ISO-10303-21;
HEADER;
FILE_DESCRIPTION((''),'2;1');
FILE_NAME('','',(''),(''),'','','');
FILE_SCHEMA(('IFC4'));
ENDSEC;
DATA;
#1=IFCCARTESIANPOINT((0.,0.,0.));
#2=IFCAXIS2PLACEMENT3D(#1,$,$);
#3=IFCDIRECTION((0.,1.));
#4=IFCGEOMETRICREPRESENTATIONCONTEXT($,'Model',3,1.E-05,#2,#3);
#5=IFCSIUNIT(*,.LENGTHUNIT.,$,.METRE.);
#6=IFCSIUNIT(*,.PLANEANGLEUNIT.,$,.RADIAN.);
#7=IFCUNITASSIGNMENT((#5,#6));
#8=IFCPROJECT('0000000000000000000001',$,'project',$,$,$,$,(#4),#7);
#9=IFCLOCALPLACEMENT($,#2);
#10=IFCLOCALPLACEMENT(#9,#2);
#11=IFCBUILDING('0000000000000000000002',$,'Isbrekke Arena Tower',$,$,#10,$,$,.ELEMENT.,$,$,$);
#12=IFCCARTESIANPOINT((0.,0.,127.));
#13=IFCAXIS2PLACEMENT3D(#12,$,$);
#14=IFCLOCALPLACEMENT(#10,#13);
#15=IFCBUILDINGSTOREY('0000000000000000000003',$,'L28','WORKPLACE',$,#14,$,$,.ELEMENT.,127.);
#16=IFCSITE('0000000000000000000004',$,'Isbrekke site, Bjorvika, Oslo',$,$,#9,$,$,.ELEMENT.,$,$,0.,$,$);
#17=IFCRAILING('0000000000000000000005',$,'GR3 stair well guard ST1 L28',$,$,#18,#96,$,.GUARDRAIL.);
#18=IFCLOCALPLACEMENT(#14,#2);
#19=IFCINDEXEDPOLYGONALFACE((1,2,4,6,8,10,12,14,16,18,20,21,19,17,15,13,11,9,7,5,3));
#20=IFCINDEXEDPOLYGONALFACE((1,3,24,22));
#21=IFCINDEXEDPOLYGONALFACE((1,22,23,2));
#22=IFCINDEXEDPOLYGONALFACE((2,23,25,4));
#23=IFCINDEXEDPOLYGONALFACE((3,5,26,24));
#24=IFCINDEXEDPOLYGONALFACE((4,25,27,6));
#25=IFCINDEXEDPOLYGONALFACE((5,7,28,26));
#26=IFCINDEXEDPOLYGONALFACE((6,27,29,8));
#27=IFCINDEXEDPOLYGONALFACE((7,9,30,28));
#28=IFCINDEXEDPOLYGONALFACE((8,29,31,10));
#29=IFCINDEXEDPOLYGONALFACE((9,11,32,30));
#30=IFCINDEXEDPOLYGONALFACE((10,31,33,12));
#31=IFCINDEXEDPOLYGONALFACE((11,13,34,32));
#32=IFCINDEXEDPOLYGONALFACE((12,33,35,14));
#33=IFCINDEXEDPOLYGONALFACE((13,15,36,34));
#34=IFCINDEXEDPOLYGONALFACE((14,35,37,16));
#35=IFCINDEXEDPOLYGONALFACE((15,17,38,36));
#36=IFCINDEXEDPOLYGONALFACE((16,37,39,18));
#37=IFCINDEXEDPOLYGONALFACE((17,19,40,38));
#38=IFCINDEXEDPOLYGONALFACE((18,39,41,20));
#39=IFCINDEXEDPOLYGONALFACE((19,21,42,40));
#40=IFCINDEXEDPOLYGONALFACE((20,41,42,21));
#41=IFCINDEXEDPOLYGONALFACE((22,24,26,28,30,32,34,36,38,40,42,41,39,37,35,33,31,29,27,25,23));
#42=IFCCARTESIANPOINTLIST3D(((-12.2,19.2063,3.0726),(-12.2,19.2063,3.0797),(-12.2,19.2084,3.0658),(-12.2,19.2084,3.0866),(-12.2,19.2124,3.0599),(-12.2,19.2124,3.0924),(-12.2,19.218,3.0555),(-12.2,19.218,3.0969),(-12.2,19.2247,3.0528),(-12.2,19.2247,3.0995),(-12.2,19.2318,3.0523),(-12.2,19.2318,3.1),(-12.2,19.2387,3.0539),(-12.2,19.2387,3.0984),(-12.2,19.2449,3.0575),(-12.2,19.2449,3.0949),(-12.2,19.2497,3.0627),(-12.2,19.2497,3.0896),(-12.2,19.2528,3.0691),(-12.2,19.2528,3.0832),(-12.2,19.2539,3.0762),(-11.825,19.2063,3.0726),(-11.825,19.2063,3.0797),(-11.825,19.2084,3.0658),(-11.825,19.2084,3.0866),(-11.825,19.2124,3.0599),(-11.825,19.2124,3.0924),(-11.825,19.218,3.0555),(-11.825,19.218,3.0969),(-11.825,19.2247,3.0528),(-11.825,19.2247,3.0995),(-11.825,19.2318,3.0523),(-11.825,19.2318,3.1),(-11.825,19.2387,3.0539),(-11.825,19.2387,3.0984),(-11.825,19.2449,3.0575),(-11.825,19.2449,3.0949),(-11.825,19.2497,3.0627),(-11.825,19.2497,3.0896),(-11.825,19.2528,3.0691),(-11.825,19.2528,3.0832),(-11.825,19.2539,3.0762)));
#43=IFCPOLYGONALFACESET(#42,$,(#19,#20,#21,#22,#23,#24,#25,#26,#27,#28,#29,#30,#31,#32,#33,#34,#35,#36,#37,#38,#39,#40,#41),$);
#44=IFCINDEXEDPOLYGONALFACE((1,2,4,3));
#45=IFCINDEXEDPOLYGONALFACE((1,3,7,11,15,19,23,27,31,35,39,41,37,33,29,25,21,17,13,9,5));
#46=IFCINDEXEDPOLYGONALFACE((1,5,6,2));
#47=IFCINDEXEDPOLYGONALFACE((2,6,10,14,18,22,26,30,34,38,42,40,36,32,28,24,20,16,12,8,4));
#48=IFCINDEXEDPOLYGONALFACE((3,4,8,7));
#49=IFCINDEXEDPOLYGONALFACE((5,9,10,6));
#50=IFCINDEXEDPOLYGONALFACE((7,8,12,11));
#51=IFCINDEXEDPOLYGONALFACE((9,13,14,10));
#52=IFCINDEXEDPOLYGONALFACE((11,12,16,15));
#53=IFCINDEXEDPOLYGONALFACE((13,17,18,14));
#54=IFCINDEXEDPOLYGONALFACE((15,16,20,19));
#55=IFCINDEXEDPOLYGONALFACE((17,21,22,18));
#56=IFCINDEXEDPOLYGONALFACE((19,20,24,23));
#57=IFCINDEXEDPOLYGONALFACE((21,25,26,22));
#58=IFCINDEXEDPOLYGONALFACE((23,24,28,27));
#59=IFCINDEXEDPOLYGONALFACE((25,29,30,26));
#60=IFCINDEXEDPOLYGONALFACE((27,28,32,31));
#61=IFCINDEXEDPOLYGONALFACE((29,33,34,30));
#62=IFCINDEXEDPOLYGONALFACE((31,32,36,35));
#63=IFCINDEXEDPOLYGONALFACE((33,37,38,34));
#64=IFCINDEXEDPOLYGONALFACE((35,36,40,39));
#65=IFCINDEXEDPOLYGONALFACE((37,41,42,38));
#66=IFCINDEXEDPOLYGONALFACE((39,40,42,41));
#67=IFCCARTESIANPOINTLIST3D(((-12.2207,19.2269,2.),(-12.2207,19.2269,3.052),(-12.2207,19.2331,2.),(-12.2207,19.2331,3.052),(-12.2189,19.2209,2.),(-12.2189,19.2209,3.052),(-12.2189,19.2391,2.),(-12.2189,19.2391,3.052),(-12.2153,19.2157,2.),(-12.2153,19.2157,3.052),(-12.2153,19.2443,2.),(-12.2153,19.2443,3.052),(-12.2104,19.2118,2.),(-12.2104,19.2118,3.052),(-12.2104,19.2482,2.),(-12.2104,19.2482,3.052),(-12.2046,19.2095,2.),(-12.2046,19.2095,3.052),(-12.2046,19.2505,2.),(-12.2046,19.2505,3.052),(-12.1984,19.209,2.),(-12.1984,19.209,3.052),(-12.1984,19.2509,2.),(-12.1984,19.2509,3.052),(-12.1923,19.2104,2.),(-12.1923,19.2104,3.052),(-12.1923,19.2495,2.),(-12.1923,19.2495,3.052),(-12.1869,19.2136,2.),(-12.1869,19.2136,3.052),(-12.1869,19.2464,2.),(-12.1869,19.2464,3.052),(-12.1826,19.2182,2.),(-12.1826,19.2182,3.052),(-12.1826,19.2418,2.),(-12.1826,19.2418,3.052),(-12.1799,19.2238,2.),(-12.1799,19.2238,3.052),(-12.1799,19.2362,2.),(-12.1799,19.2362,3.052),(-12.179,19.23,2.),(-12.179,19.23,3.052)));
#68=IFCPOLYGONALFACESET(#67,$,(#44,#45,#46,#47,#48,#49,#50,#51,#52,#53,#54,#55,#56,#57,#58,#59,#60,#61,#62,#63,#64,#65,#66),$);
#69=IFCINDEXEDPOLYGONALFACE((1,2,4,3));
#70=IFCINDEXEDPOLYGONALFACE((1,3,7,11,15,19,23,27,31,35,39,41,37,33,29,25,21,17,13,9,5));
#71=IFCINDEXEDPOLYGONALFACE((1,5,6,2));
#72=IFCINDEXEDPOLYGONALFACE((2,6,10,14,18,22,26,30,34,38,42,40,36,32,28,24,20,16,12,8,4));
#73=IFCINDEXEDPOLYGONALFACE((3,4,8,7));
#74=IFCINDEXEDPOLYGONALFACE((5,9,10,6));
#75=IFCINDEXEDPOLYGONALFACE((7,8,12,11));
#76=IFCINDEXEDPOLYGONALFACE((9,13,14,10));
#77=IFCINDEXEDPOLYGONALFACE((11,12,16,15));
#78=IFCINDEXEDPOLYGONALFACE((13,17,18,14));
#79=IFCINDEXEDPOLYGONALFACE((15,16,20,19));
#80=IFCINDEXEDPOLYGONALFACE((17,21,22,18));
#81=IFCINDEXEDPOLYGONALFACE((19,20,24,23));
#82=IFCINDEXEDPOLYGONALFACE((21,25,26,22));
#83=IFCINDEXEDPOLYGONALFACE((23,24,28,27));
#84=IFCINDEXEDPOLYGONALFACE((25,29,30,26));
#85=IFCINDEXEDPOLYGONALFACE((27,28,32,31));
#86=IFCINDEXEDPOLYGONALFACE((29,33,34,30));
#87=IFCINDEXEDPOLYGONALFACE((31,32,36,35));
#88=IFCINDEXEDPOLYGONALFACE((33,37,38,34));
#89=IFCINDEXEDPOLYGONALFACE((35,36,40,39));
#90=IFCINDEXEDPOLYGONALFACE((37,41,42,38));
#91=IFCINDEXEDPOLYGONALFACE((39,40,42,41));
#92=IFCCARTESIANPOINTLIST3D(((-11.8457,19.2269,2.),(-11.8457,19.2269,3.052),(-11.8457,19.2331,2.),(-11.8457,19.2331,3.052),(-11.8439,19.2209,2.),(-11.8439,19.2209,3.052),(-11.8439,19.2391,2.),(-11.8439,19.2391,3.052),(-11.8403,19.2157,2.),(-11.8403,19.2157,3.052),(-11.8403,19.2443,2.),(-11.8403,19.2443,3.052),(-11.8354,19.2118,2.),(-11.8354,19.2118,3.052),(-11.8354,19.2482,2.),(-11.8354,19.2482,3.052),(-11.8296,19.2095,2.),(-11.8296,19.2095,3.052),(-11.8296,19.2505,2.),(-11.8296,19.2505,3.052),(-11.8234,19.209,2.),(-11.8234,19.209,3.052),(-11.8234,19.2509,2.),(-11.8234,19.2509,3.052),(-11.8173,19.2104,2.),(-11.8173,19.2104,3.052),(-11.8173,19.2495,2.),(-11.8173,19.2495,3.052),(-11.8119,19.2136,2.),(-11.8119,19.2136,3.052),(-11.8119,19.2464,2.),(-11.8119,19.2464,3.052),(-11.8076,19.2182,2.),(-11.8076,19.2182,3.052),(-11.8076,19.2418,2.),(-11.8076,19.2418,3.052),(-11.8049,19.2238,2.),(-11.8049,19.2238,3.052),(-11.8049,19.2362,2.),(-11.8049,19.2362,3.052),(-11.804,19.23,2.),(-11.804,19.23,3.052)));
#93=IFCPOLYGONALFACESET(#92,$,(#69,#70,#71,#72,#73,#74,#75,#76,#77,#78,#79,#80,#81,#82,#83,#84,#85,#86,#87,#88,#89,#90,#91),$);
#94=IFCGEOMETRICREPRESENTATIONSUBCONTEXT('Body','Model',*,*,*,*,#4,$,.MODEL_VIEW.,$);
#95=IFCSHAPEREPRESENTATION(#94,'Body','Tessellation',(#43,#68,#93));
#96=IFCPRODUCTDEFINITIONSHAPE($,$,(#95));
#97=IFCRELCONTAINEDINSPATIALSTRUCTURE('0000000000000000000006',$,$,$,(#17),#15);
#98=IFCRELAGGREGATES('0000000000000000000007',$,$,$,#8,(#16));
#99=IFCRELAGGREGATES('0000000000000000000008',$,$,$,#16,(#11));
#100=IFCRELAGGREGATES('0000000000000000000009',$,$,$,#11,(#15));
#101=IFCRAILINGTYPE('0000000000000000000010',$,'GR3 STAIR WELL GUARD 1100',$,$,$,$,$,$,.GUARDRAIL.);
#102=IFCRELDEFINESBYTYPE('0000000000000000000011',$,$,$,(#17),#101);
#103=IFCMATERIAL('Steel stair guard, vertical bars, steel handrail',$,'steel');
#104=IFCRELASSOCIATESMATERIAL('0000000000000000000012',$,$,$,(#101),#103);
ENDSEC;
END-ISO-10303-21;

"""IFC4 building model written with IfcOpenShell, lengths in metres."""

from ifc_helpers import new_model, si_unit, direction, frame, origin, origin_2d, place, context, subcontext, project, spatial, circle, extrude, material, type_object, element, save


model = new_model("IFC4")

# Units and contexts
model_context = context("Model", 3, precision=1e-05, world=origin(), true_north=direction((0.0, 1.0)))
body_context = subcontext(model_context, "Body", "Model", "MODEL_VIEW")
ifc_project = project(units=[si_unit("LENGTHUNIT", "METRE"), si_unit("PLANEANGLEUNIT", "RADIAN")], contexts=[model_context])

# Site, building, storey
site_placement = place(None, origin())
site = spatial("IfcSite", under=ifc_project, at=site_placement, Name="Isbrekke site, Bjorvika, Oslo", CompositionType="ELEMENT", RefElevation=0.0)
building_placement = place(site_placement, origin())
building = spatial("IfcBuilding", under=site, at=building_placement, Name="Isbrekke Arena Tower", CompositionType="ELEMENT")
storey_placement = place(building_placement, frame((0.0, 0.0, 127.0)))
storey = spatial("IfcBuildingStorey", under=building, at=storey_placement, Name="L28", Description="WORKPLACE", CompositionType="ELEMENT", Elevation=127.0)

# Railing
ifc_material_1 = material(Name="Steel stair guard, vertical bars, steel handrail", Category="steel")
railing_type = type_object("IfcRailingType", Name="GR3 STAIR WELL GUARD 1100", PredefinedType="GUARDRAIL", material=ifc_material_1)
for number, where, name in (
    (1, (-12.2, 19.23, 2.0), "GR3 stair well guard ST1 L28"),
):
    element("IfcRailing", number, at=place(storey_placement, frame(where)), inside=storey, type_object=railing_type, Name=name, PredefinedType="GUARDRAIL", context=body_context, shape_type="SweptSolid", body=[
        extrude(circle(Radius=0.0239, at=origin_2d()), frame((0.0, 0.0, 1.0762), z_axis=(1.0, 0.0, 0.0), x_axis=(0.0, 1.0, 0.0)), (0.0, 0.0, 1.0), 0.375),
        extrude(circle(Radius=0.021, at=origin_2d()), origin(), (0.0, 0.0, 1.0), 1.052),
        extrude(circle(Radius=0.021, at=origin_2d()), frame((0.375, 0.0, 0.0)), (0.0, 0.0, 1.0), 1.052),
    ])

save(model, "model.ifc")
